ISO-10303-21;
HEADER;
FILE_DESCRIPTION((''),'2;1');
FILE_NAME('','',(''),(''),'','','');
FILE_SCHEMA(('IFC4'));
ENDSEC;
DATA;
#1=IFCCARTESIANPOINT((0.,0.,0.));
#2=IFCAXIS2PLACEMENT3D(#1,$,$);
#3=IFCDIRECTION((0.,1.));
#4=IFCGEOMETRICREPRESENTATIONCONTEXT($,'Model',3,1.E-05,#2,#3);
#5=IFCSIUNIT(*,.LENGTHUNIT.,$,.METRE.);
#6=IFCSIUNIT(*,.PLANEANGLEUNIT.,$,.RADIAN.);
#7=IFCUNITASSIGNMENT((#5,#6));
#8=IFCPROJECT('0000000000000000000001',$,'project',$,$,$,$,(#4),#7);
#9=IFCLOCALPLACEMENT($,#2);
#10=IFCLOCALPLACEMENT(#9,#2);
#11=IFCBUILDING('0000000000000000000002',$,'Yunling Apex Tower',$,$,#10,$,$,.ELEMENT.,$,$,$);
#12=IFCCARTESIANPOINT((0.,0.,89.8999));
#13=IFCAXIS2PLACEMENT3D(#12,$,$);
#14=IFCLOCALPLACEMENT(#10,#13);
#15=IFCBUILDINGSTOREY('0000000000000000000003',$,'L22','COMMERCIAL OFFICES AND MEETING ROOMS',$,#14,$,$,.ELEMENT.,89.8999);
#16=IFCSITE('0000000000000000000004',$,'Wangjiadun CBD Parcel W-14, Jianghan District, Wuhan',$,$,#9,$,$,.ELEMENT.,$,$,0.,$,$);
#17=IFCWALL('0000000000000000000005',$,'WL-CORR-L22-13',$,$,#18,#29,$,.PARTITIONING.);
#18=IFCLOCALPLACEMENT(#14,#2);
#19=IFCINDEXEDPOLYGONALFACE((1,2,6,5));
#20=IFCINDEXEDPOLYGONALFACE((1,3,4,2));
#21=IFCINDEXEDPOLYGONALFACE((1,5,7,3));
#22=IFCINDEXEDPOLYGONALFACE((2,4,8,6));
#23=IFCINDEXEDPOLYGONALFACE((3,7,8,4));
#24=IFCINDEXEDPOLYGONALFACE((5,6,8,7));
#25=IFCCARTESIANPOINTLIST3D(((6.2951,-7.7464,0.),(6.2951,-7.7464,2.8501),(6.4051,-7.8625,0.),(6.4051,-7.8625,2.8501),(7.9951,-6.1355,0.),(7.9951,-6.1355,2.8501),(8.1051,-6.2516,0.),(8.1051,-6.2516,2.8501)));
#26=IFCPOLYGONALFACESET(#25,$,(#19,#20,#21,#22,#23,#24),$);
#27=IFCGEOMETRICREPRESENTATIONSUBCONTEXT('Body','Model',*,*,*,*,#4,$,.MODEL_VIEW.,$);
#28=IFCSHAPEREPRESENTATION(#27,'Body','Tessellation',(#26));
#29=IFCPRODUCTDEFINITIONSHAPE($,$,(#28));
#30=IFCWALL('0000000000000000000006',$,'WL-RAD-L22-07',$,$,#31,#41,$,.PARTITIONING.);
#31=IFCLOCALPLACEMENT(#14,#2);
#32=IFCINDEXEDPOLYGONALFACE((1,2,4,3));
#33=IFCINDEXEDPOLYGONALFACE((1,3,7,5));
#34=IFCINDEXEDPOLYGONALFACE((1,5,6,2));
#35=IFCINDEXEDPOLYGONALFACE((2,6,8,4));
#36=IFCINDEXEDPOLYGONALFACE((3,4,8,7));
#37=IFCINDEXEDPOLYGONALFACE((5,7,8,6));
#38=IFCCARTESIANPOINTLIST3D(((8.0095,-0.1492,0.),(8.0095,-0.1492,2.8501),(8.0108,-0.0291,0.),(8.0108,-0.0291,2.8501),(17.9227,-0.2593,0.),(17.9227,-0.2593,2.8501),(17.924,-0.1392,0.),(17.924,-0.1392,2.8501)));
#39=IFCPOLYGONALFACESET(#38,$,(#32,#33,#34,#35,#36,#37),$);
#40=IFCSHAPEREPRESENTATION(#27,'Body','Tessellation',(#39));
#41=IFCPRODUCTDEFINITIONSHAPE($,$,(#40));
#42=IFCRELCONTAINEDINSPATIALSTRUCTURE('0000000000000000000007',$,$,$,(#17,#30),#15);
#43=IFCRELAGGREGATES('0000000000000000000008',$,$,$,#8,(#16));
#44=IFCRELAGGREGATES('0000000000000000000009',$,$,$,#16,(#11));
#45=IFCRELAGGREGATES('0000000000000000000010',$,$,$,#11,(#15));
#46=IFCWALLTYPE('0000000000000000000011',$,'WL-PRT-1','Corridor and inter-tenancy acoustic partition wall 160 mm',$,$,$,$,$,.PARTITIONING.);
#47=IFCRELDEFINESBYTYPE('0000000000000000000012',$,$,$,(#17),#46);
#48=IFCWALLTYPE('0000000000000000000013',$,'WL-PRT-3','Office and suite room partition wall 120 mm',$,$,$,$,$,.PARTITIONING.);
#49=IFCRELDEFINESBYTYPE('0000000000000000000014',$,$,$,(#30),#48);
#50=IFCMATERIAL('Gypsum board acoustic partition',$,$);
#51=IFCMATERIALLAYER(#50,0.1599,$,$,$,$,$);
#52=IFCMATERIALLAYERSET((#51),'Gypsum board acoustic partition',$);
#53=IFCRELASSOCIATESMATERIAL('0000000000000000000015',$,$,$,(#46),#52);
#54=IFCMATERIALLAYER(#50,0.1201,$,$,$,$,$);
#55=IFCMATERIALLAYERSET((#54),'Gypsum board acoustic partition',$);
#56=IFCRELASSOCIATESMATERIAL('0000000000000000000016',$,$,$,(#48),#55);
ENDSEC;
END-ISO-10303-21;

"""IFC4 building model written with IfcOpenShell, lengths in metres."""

from ifc_helpers import new_model, si_unit, direction, frame, frame_2d, origin, place, context, subcontext, project, spatial, rectangle, extrude, material, layer, layer_set, type_object, element, save


model = new_model("IFC4")

# Units and contexts
model_context = context("Model", 3, precision=1e-05, world=origin(), true_north=direction((0.0, 1.0)))
body_context = subcontext(model_context, "Body", "Model", "MODEL_VIEW")
ifc_project = project(units=[si_unit("LENGTHUNIT", "METRE"), si_unit("PLANEANGLEUNIT", "RADIAN")], contexts=[model_context])

# Site, building, storey
site_placement = place(None, origin())
site = spatial("IfcSite", under=ifc_project, at=site_placement, Name="Wangjiadun CBD Parcel W-14, Jianghan District, Wuhan", CompositionType="ELEMENT", RefElevation=0.0)
building_placement = place(site_placement, origin())
building = spatial("IfcBuilding", under=site, at=building_placement, Name="Yunling Apex Tower", CompositionType="ELEMENT")
storey_placement = place(building_placement, frame((0.0, 0.0, 89.8999)))
storey = spatial("IfcBuildingStorey", under=building, at=storey_placement, Name="L22", Description="COMMERCIAL OFFICES AND MEETING ROOMS", CompositionType="ELEMENT", Elevation=89.8999)

# Walls
ifc_material_1 = material(Name="Gypsum board acoustic partition")
ifc_layer_1 = layer(ifc_material_1, 0.1599)
ifc_layer_set_1 = layer_set([ifc_layer_1], Name="Gypsum board acoustic partition")
wall_type_1 = type_object("IfcWallType", Name="WL-PRT-1", Description="Corridor and inter-tenancy acoustic partition wall 160 mm", PredefinedType="PARTITIONING", material=ifc_layer_set_1)
wall_1_placement = place(storey_placement, frame((8.05, -6.1936, 0.0), z_axis=(0.0, 0.0, 1.0), x_axis=(-0.725876, -0.687826, 0.0)))
element("IfcWall", 1, at=wall_1_placement, inside=storey, type_object=wall_type_1, Name="WL-CORR-L22-13", PredefinedType="PARTITIONING", context=body_context, shape_type="SweptSolid", body=[
    extrude(rectangle(XDim=2.342, YDim=0.1599, at=frame_2d((1.1709, 0.0))), origin(), (0.0, 0.0, 1.0), 2.8501),
])
ifc_layer_2 = layer(ifc_material_1, 0.1201)
ifc_layer_set_2 = layer_set([ifc_layer_2], Name="Gypsum board acoustic partition")
wall_type_2 = type_object("IfcWallType", Name="WL-PRT-3", Description="Office and suite room partition wall 120 mm", PredefinedType="PARTITIONING", material=ifc_layer_set_2)
wall_2_placement = place(storey_placement, frame((8.01, -0.0891, 0.0), z_axis=(0.0, 0.0, 1.0), x_axis=(0.999938, -0.011107, 0.0)))
element("IfcWall", 2, at=wall_2_placement, inside=storey, type_object=wall_type_2, Name="WL-RAD-L22-07", PredefinedType="PARTITIONING", context=body_context, shape_type="SweptSolid", body=[
    extrude(rectangle(XDim=9.9138, YDim=0.1201, at=frame_2d((4.957, 0.0))), origin(), (0.0, 0.0, 1.0), 2.8501),
])

save(model, "model.ifc")
